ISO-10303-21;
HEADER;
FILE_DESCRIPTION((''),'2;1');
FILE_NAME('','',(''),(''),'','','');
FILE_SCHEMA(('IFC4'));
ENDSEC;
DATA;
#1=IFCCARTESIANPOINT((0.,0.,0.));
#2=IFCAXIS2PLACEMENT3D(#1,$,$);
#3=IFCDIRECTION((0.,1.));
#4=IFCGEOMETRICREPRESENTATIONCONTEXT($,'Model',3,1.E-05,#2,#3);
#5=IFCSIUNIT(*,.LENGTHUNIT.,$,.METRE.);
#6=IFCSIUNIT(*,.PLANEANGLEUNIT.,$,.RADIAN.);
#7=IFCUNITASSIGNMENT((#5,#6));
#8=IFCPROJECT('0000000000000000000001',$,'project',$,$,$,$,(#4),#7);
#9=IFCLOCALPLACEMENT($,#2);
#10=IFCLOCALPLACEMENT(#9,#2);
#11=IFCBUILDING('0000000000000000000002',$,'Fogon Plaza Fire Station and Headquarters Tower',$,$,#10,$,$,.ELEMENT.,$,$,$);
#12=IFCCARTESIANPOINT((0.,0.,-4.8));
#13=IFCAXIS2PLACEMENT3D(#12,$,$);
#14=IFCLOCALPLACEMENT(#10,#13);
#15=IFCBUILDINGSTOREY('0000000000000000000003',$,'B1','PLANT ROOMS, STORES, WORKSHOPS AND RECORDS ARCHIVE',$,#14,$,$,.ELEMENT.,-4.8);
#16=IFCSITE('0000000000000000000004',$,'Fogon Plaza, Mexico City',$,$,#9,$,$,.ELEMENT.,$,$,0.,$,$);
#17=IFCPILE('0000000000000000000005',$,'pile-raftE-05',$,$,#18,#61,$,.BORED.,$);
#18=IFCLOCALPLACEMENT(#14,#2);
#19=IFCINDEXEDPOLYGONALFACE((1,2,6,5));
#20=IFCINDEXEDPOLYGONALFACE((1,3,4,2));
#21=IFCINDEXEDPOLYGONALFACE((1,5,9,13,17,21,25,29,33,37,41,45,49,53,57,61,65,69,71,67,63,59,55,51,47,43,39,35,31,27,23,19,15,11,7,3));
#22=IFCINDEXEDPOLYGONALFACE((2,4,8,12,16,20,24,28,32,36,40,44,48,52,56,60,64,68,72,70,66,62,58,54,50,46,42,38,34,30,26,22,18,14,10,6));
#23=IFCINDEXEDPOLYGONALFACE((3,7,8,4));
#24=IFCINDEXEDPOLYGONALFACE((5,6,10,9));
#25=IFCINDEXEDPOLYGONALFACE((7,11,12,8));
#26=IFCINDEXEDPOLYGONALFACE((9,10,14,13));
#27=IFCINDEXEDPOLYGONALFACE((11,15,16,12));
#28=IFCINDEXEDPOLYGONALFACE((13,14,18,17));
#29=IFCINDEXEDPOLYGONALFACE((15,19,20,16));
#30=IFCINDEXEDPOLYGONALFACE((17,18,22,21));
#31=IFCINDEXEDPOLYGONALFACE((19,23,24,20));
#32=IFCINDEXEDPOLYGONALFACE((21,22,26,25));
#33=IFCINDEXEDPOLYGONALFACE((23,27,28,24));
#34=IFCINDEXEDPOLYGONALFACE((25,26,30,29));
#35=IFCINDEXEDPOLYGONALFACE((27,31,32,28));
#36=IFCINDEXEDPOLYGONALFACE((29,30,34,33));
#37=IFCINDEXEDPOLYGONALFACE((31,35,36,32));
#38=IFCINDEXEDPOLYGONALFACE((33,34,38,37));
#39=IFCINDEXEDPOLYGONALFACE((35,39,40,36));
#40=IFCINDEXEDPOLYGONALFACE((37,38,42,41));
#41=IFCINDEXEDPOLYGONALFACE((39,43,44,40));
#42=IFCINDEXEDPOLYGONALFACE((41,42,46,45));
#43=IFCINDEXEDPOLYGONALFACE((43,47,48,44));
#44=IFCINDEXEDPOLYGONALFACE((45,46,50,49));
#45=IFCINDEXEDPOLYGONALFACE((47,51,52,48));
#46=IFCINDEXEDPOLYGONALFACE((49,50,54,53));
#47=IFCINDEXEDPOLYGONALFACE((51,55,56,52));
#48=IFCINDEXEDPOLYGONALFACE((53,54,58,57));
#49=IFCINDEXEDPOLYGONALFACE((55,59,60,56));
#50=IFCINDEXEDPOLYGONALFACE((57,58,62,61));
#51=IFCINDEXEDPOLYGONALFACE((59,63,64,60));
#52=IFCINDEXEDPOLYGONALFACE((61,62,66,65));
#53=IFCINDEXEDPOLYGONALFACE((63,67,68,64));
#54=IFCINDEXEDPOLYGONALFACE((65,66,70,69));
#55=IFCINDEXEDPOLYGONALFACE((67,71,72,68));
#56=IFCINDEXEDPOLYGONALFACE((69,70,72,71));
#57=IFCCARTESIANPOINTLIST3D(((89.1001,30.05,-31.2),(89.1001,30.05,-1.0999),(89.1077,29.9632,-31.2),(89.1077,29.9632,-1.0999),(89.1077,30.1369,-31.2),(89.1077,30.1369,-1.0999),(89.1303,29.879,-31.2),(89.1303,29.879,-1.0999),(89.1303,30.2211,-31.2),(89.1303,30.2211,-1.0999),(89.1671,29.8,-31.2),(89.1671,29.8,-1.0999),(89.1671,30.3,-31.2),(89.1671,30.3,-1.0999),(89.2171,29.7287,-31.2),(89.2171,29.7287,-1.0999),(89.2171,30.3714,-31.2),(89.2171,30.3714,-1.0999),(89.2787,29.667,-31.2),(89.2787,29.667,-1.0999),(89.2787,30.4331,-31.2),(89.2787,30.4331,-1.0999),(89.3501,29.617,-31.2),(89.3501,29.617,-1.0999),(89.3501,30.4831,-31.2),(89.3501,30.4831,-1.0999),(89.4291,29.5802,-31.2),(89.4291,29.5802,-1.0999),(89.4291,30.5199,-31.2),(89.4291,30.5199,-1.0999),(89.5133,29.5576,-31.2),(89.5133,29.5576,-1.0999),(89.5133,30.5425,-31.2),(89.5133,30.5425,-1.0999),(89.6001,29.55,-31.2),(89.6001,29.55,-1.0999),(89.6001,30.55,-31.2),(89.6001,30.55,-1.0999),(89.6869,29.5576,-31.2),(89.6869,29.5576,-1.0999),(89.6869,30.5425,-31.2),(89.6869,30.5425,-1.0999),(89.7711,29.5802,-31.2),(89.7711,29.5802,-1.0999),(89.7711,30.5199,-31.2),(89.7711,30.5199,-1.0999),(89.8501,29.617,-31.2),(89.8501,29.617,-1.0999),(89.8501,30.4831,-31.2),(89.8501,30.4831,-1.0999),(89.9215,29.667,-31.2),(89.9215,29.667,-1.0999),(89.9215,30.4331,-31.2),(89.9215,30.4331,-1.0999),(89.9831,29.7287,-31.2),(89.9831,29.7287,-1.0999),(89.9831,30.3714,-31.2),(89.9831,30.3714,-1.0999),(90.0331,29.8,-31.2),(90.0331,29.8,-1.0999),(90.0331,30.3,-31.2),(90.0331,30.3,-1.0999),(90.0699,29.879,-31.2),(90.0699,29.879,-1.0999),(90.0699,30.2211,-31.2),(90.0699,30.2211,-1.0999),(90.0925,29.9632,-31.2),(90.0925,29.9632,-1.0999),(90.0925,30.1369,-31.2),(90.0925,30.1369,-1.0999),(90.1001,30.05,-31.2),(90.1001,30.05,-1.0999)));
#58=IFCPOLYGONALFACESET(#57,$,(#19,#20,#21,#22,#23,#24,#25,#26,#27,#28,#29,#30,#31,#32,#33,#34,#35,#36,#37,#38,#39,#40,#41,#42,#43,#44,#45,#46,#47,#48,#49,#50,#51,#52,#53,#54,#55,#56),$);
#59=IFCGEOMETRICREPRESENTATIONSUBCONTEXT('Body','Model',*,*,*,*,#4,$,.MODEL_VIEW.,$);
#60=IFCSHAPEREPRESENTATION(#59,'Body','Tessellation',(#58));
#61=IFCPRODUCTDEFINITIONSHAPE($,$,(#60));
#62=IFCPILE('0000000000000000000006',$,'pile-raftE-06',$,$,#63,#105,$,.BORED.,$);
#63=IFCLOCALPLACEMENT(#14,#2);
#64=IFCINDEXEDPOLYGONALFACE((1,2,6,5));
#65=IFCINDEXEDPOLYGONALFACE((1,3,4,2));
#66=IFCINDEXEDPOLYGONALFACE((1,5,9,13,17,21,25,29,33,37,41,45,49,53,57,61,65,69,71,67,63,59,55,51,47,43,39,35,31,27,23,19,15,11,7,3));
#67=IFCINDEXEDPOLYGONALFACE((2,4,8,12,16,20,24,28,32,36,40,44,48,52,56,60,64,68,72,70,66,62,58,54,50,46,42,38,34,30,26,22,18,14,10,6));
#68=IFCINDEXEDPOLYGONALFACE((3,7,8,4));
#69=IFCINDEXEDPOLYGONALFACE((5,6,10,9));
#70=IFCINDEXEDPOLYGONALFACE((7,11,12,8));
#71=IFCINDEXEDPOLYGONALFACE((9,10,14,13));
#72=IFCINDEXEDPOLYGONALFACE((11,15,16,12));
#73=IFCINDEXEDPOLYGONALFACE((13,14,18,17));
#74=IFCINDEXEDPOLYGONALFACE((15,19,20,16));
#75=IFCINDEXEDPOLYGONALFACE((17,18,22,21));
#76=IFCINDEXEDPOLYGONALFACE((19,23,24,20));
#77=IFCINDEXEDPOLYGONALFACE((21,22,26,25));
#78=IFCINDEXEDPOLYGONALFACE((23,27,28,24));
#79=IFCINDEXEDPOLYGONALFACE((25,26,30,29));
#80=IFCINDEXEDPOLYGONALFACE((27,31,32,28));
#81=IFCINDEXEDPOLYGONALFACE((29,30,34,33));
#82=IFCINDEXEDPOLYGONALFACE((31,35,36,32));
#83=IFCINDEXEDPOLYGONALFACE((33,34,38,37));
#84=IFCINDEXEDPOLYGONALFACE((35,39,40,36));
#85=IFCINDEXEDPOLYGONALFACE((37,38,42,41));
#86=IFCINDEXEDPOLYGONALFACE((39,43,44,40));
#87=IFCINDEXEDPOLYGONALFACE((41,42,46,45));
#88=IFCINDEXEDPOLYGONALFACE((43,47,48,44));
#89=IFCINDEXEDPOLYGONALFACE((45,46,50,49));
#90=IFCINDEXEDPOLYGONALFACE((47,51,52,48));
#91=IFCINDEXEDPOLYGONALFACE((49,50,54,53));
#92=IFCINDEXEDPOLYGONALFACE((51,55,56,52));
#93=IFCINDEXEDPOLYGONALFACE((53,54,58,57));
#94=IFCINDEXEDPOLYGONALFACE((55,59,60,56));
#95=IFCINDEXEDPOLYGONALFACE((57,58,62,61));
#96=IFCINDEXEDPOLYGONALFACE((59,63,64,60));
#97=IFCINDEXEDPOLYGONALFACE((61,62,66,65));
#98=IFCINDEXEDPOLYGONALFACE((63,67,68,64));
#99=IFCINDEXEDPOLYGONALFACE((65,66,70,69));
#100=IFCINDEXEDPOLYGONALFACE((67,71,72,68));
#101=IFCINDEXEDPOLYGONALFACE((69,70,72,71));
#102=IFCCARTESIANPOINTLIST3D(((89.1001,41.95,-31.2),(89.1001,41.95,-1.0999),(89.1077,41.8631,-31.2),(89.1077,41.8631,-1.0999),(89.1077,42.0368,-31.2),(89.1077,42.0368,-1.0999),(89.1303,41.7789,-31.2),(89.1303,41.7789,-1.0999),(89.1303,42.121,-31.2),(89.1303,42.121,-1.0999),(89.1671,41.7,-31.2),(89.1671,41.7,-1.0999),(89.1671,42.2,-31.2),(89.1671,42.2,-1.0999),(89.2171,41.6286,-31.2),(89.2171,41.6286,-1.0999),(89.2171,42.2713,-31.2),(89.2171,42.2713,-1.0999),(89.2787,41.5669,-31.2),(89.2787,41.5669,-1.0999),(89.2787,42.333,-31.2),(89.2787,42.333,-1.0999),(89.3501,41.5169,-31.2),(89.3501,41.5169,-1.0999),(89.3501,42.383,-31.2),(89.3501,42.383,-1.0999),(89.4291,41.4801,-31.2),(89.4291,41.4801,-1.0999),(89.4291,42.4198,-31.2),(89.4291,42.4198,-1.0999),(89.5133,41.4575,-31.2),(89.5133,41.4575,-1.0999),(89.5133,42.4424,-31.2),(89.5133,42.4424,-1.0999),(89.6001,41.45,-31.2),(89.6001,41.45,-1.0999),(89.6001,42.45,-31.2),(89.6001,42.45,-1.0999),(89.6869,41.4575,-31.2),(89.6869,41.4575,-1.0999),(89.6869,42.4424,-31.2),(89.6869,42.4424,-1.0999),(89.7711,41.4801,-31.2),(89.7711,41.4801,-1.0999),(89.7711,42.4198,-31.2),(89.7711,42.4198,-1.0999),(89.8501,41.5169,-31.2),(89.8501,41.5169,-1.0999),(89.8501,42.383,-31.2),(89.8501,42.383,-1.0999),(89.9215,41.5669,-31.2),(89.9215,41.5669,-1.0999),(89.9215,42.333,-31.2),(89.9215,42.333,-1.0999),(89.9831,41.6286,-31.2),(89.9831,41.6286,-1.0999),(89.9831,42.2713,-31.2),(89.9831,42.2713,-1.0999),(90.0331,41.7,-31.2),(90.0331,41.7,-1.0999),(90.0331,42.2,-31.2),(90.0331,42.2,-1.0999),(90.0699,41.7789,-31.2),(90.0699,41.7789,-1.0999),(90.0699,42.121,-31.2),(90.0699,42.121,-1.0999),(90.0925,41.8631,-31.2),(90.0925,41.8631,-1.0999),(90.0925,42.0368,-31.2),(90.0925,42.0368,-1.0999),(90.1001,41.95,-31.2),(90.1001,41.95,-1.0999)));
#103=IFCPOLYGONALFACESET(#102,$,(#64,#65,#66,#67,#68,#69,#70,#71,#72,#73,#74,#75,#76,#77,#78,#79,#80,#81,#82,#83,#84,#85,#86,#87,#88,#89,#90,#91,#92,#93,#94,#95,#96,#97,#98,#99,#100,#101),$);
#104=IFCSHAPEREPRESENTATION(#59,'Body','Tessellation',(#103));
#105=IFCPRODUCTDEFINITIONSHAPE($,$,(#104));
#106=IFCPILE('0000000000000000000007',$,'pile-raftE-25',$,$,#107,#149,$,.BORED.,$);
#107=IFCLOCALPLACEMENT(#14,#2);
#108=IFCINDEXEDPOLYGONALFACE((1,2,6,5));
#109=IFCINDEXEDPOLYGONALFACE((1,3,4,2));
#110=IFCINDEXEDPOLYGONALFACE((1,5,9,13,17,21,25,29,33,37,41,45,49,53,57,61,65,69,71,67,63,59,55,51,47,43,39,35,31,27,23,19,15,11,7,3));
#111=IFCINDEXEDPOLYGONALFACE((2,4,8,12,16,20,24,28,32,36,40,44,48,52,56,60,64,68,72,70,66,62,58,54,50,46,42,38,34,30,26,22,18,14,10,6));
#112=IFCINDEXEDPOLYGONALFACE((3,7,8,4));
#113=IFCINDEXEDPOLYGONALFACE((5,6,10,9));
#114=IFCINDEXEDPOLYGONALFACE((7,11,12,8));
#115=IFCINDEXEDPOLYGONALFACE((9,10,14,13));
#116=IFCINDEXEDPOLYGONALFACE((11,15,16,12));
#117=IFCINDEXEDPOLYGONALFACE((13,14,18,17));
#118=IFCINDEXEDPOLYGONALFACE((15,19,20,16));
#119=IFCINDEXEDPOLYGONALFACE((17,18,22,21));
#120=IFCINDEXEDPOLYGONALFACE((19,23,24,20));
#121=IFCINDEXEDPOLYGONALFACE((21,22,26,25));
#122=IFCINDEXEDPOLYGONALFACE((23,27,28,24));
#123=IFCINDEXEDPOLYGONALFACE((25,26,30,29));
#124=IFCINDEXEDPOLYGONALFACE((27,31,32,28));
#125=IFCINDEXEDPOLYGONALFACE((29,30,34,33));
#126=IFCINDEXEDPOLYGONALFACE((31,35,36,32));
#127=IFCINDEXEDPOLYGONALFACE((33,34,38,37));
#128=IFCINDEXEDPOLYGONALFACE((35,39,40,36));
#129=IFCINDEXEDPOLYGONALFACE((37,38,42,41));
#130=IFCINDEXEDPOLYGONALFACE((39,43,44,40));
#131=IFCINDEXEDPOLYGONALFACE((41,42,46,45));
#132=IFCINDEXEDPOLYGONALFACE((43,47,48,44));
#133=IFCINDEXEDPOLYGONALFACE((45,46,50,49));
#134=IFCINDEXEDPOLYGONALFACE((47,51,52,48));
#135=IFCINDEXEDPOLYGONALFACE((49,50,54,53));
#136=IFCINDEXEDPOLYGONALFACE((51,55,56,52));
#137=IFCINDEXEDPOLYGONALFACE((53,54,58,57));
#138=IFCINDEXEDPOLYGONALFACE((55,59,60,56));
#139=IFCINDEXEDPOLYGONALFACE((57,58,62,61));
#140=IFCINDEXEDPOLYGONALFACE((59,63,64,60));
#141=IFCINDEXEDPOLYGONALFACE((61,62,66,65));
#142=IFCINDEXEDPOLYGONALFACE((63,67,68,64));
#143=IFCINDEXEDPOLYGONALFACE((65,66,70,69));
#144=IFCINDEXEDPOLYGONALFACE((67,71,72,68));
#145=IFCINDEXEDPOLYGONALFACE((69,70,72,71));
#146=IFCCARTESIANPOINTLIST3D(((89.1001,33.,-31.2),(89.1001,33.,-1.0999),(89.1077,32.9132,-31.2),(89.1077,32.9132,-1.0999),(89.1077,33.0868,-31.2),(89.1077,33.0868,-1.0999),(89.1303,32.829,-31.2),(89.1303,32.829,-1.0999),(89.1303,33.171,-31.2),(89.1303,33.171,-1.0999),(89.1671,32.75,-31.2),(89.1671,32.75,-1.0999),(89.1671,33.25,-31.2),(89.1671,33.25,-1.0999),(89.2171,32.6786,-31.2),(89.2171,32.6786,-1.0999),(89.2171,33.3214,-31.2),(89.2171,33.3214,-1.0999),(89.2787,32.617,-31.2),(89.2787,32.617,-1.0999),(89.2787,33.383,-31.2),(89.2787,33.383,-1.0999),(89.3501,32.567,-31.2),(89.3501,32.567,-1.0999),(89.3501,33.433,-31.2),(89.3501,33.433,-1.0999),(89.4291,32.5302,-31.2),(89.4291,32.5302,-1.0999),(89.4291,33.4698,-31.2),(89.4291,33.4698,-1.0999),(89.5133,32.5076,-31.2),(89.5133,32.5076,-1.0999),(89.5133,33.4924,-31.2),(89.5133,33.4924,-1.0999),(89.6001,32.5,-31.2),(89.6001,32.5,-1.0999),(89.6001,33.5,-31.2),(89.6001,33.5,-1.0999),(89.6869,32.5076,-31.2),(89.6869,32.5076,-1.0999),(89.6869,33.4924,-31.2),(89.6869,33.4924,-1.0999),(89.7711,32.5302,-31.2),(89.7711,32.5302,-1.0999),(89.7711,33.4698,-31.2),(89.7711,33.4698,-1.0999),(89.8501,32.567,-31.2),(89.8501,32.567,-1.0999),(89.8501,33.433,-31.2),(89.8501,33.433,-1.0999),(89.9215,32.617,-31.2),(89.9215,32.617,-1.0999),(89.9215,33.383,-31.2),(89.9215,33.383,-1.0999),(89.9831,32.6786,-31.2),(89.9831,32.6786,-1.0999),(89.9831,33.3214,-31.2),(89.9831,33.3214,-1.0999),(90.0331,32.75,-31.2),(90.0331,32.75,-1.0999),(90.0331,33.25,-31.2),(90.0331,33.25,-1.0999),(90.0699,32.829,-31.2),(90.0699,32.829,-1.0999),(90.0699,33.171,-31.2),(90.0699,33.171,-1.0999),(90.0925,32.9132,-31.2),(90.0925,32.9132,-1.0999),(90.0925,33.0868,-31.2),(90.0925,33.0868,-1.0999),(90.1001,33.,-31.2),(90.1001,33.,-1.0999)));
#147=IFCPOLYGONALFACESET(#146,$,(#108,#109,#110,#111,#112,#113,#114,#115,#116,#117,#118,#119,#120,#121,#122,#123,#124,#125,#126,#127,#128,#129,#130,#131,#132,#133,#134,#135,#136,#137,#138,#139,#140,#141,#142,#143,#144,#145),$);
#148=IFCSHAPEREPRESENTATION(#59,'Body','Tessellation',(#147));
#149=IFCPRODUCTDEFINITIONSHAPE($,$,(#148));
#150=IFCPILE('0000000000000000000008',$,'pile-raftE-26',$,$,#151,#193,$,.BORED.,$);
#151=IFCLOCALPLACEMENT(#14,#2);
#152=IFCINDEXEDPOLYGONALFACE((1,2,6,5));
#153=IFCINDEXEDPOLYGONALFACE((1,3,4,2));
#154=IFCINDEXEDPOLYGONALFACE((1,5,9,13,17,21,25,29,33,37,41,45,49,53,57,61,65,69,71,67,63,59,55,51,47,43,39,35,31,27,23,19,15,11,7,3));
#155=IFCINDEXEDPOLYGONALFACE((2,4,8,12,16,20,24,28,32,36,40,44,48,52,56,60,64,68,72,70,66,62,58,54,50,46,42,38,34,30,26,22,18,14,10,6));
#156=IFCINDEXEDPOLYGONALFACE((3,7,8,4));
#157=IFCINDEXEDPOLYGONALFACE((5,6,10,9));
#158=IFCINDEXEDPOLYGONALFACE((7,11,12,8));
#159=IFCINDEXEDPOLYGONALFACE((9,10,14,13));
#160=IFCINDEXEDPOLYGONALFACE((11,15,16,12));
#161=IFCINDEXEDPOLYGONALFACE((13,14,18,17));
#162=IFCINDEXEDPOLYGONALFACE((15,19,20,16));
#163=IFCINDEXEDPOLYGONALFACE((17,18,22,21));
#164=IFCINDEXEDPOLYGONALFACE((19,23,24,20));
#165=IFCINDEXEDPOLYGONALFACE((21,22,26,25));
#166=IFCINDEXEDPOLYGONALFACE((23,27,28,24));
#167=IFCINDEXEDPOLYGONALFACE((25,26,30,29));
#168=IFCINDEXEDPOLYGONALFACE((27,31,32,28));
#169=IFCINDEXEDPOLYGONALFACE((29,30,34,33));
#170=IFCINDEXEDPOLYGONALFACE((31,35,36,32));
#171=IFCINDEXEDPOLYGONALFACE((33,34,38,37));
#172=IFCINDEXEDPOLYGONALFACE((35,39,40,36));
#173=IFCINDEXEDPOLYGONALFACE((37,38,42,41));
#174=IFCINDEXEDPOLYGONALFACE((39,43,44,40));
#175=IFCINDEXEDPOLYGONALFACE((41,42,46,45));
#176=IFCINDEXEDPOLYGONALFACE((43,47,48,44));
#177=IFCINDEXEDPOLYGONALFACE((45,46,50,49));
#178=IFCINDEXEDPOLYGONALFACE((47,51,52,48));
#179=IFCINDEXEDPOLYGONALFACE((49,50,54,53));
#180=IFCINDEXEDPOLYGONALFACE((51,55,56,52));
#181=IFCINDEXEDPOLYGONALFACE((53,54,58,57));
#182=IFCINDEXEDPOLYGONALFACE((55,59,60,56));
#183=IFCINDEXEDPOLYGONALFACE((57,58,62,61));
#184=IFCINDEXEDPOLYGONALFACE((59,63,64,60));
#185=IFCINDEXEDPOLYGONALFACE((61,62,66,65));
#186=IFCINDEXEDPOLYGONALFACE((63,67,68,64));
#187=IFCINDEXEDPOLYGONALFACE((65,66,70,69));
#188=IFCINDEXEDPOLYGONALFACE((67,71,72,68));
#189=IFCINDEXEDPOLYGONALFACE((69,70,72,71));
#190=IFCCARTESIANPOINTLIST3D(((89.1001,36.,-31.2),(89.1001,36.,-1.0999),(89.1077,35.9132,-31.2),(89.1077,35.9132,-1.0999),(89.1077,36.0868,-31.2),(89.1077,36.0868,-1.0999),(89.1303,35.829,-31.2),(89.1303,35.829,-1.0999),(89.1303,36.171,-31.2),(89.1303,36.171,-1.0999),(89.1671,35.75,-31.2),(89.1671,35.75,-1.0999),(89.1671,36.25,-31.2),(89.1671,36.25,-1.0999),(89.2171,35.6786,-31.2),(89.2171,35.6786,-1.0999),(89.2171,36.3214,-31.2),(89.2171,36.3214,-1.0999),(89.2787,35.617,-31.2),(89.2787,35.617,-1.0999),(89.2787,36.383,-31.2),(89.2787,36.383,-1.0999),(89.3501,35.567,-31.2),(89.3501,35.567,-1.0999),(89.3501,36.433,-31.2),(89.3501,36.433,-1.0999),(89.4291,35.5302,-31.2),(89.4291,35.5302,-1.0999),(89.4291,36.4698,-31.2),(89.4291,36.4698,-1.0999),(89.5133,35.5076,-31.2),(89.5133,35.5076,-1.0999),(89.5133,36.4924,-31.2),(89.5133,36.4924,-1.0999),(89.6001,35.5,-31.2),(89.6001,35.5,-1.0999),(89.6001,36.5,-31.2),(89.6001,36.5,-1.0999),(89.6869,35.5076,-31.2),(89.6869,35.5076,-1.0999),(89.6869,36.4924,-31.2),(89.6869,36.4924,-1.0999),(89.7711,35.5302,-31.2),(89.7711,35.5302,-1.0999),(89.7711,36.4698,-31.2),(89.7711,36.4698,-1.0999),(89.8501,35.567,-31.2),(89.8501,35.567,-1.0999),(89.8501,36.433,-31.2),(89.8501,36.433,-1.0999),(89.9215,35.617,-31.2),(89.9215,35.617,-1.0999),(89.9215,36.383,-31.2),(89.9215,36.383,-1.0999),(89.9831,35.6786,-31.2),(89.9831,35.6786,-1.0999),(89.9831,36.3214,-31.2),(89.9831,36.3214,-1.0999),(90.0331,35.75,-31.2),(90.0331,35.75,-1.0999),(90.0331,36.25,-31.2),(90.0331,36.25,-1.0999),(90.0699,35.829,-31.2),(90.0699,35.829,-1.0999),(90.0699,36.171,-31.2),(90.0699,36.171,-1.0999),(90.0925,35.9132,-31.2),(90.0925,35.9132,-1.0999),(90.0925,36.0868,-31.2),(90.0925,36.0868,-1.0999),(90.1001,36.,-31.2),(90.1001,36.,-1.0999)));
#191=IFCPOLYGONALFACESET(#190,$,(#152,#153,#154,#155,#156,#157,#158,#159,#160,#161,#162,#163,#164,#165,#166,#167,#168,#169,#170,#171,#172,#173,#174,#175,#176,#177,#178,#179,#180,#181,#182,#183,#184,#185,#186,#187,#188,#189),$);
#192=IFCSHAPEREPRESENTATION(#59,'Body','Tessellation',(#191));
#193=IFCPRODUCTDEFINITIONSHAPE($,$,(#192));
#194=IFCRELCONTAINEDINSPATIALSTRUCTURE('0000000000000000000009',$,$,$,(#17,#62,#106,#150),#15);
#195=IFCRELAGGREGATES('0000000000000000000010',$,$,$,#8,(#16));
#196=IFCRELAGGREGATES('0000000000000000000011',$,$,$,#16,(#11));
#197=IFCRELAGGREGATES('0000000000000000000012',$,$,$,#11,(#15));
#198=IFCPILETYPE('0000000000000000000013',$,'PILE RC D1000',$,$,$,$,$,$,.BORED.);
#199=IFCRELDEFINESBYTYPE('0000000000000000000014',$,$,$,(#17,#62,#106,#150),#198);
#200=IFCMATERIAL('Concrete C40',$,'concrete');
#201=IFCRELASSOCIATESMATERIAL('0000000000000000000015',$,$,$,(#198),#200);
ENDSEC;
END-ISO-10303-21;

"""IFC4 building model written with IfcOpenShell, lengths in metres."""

from ifc_helpers import new_model, si_unit, direction, frame, origin, origin_2d, place, context, subcontext, project, spatial, circle, extrude, material, material_profile, profile_set, type_object, element, save


model = new_model("IFC4")

# Units and contexts
model_context = context("Model", 3, precision=1e-05, world=origin(), true_north=direction((0.0, 1.0)))
body_context = subcontext(model_context, "Body", "Model", "MODEL_VIEW")
ifc_project = project(units=[si_unit("LENGTHUNIT", "METRE"), si_unit("PLANEANGLEUNIT", "RADIAN")], contexts=[model_context])

# Site, building, storey
site_placement = place(None, origin())
site = spatial("IfcSite", under=ifc_project, at=site_placement, Name="Fogon Plaza, Mexico City", CompositionType="ELEMENT", RefElevation=0.0)
building_placement = place(site_placement, origin())
building = spatial("IfcBuilding", under=site, at=building_placement, Name="Fogon Plaza Fire Station and Headquarters Tower", CompositionType="ELEMENT")
storey_placement = place(building_placement, frame((0.0, 0.0, -4.8)))
storey = spatial("IfcBuildingStorey", under=building, at=storey_placement, Name="B1", Description="PLANT ROOMS, STORES, WORKSHOPS AND RECORDS ARCHIVE", CompositionType="ELEMENT", Elevation=-4.8)

# Piles
ifc_material_1 = material(Name="Concrete C40", Category="concrete")
ifc_material_profile_1 = material_profile(ifc_material_1, circle(Radius=0.5, at=origin_2d()), Name="RC D1000")
ifc_profile_set_1 = profile_set([ifc_material_profile_1], Name="Concrete C40")
pile_type = type_object("IfcPileType", Name="PILE RC D1000", PredefinedType="BORED", material=ifc_profile_set_1)
for number, where, z_axis, x_axis, name in (
    (1, (89.6001, 30.05, -1.0999), (0.0, 0.0, -1.0), (1.0, 0.0, 0.0), "pile-raftE-05"),
    (2, (89.6001, 41.95, -1.0999), (0.0, 0.0, -1.0), (1.0, 0.0, 0.0), "pile-raftE-06"),
    (3, (89.6001, 33.0, -1.0999), (0.0, 0.0, -1.0), (1.0, 0.0, 0.0), "pile-raftE-25"),
    (4, (89.6001, 36.0, -1.0999), (0.0, 0.0, -1.0), (1.0, 0.0, 0.0), "pile-raftE-26"),
):
    element("IfcPile", number, at=place(storey_placement, frame(where, z_axis=z_axis, x_axis=x_axis)), inside=storey, type_object=pile_type, Name=name, PredefinedType="BORED", context=body_context, shape_type="SweptSolid", body=[
        extrude(circle(Radius=0.5, at=origin_2d()), origin(), (0.0, 0.0, 1.0), 30.1001),
    ])

save(model, "model.ifc")
